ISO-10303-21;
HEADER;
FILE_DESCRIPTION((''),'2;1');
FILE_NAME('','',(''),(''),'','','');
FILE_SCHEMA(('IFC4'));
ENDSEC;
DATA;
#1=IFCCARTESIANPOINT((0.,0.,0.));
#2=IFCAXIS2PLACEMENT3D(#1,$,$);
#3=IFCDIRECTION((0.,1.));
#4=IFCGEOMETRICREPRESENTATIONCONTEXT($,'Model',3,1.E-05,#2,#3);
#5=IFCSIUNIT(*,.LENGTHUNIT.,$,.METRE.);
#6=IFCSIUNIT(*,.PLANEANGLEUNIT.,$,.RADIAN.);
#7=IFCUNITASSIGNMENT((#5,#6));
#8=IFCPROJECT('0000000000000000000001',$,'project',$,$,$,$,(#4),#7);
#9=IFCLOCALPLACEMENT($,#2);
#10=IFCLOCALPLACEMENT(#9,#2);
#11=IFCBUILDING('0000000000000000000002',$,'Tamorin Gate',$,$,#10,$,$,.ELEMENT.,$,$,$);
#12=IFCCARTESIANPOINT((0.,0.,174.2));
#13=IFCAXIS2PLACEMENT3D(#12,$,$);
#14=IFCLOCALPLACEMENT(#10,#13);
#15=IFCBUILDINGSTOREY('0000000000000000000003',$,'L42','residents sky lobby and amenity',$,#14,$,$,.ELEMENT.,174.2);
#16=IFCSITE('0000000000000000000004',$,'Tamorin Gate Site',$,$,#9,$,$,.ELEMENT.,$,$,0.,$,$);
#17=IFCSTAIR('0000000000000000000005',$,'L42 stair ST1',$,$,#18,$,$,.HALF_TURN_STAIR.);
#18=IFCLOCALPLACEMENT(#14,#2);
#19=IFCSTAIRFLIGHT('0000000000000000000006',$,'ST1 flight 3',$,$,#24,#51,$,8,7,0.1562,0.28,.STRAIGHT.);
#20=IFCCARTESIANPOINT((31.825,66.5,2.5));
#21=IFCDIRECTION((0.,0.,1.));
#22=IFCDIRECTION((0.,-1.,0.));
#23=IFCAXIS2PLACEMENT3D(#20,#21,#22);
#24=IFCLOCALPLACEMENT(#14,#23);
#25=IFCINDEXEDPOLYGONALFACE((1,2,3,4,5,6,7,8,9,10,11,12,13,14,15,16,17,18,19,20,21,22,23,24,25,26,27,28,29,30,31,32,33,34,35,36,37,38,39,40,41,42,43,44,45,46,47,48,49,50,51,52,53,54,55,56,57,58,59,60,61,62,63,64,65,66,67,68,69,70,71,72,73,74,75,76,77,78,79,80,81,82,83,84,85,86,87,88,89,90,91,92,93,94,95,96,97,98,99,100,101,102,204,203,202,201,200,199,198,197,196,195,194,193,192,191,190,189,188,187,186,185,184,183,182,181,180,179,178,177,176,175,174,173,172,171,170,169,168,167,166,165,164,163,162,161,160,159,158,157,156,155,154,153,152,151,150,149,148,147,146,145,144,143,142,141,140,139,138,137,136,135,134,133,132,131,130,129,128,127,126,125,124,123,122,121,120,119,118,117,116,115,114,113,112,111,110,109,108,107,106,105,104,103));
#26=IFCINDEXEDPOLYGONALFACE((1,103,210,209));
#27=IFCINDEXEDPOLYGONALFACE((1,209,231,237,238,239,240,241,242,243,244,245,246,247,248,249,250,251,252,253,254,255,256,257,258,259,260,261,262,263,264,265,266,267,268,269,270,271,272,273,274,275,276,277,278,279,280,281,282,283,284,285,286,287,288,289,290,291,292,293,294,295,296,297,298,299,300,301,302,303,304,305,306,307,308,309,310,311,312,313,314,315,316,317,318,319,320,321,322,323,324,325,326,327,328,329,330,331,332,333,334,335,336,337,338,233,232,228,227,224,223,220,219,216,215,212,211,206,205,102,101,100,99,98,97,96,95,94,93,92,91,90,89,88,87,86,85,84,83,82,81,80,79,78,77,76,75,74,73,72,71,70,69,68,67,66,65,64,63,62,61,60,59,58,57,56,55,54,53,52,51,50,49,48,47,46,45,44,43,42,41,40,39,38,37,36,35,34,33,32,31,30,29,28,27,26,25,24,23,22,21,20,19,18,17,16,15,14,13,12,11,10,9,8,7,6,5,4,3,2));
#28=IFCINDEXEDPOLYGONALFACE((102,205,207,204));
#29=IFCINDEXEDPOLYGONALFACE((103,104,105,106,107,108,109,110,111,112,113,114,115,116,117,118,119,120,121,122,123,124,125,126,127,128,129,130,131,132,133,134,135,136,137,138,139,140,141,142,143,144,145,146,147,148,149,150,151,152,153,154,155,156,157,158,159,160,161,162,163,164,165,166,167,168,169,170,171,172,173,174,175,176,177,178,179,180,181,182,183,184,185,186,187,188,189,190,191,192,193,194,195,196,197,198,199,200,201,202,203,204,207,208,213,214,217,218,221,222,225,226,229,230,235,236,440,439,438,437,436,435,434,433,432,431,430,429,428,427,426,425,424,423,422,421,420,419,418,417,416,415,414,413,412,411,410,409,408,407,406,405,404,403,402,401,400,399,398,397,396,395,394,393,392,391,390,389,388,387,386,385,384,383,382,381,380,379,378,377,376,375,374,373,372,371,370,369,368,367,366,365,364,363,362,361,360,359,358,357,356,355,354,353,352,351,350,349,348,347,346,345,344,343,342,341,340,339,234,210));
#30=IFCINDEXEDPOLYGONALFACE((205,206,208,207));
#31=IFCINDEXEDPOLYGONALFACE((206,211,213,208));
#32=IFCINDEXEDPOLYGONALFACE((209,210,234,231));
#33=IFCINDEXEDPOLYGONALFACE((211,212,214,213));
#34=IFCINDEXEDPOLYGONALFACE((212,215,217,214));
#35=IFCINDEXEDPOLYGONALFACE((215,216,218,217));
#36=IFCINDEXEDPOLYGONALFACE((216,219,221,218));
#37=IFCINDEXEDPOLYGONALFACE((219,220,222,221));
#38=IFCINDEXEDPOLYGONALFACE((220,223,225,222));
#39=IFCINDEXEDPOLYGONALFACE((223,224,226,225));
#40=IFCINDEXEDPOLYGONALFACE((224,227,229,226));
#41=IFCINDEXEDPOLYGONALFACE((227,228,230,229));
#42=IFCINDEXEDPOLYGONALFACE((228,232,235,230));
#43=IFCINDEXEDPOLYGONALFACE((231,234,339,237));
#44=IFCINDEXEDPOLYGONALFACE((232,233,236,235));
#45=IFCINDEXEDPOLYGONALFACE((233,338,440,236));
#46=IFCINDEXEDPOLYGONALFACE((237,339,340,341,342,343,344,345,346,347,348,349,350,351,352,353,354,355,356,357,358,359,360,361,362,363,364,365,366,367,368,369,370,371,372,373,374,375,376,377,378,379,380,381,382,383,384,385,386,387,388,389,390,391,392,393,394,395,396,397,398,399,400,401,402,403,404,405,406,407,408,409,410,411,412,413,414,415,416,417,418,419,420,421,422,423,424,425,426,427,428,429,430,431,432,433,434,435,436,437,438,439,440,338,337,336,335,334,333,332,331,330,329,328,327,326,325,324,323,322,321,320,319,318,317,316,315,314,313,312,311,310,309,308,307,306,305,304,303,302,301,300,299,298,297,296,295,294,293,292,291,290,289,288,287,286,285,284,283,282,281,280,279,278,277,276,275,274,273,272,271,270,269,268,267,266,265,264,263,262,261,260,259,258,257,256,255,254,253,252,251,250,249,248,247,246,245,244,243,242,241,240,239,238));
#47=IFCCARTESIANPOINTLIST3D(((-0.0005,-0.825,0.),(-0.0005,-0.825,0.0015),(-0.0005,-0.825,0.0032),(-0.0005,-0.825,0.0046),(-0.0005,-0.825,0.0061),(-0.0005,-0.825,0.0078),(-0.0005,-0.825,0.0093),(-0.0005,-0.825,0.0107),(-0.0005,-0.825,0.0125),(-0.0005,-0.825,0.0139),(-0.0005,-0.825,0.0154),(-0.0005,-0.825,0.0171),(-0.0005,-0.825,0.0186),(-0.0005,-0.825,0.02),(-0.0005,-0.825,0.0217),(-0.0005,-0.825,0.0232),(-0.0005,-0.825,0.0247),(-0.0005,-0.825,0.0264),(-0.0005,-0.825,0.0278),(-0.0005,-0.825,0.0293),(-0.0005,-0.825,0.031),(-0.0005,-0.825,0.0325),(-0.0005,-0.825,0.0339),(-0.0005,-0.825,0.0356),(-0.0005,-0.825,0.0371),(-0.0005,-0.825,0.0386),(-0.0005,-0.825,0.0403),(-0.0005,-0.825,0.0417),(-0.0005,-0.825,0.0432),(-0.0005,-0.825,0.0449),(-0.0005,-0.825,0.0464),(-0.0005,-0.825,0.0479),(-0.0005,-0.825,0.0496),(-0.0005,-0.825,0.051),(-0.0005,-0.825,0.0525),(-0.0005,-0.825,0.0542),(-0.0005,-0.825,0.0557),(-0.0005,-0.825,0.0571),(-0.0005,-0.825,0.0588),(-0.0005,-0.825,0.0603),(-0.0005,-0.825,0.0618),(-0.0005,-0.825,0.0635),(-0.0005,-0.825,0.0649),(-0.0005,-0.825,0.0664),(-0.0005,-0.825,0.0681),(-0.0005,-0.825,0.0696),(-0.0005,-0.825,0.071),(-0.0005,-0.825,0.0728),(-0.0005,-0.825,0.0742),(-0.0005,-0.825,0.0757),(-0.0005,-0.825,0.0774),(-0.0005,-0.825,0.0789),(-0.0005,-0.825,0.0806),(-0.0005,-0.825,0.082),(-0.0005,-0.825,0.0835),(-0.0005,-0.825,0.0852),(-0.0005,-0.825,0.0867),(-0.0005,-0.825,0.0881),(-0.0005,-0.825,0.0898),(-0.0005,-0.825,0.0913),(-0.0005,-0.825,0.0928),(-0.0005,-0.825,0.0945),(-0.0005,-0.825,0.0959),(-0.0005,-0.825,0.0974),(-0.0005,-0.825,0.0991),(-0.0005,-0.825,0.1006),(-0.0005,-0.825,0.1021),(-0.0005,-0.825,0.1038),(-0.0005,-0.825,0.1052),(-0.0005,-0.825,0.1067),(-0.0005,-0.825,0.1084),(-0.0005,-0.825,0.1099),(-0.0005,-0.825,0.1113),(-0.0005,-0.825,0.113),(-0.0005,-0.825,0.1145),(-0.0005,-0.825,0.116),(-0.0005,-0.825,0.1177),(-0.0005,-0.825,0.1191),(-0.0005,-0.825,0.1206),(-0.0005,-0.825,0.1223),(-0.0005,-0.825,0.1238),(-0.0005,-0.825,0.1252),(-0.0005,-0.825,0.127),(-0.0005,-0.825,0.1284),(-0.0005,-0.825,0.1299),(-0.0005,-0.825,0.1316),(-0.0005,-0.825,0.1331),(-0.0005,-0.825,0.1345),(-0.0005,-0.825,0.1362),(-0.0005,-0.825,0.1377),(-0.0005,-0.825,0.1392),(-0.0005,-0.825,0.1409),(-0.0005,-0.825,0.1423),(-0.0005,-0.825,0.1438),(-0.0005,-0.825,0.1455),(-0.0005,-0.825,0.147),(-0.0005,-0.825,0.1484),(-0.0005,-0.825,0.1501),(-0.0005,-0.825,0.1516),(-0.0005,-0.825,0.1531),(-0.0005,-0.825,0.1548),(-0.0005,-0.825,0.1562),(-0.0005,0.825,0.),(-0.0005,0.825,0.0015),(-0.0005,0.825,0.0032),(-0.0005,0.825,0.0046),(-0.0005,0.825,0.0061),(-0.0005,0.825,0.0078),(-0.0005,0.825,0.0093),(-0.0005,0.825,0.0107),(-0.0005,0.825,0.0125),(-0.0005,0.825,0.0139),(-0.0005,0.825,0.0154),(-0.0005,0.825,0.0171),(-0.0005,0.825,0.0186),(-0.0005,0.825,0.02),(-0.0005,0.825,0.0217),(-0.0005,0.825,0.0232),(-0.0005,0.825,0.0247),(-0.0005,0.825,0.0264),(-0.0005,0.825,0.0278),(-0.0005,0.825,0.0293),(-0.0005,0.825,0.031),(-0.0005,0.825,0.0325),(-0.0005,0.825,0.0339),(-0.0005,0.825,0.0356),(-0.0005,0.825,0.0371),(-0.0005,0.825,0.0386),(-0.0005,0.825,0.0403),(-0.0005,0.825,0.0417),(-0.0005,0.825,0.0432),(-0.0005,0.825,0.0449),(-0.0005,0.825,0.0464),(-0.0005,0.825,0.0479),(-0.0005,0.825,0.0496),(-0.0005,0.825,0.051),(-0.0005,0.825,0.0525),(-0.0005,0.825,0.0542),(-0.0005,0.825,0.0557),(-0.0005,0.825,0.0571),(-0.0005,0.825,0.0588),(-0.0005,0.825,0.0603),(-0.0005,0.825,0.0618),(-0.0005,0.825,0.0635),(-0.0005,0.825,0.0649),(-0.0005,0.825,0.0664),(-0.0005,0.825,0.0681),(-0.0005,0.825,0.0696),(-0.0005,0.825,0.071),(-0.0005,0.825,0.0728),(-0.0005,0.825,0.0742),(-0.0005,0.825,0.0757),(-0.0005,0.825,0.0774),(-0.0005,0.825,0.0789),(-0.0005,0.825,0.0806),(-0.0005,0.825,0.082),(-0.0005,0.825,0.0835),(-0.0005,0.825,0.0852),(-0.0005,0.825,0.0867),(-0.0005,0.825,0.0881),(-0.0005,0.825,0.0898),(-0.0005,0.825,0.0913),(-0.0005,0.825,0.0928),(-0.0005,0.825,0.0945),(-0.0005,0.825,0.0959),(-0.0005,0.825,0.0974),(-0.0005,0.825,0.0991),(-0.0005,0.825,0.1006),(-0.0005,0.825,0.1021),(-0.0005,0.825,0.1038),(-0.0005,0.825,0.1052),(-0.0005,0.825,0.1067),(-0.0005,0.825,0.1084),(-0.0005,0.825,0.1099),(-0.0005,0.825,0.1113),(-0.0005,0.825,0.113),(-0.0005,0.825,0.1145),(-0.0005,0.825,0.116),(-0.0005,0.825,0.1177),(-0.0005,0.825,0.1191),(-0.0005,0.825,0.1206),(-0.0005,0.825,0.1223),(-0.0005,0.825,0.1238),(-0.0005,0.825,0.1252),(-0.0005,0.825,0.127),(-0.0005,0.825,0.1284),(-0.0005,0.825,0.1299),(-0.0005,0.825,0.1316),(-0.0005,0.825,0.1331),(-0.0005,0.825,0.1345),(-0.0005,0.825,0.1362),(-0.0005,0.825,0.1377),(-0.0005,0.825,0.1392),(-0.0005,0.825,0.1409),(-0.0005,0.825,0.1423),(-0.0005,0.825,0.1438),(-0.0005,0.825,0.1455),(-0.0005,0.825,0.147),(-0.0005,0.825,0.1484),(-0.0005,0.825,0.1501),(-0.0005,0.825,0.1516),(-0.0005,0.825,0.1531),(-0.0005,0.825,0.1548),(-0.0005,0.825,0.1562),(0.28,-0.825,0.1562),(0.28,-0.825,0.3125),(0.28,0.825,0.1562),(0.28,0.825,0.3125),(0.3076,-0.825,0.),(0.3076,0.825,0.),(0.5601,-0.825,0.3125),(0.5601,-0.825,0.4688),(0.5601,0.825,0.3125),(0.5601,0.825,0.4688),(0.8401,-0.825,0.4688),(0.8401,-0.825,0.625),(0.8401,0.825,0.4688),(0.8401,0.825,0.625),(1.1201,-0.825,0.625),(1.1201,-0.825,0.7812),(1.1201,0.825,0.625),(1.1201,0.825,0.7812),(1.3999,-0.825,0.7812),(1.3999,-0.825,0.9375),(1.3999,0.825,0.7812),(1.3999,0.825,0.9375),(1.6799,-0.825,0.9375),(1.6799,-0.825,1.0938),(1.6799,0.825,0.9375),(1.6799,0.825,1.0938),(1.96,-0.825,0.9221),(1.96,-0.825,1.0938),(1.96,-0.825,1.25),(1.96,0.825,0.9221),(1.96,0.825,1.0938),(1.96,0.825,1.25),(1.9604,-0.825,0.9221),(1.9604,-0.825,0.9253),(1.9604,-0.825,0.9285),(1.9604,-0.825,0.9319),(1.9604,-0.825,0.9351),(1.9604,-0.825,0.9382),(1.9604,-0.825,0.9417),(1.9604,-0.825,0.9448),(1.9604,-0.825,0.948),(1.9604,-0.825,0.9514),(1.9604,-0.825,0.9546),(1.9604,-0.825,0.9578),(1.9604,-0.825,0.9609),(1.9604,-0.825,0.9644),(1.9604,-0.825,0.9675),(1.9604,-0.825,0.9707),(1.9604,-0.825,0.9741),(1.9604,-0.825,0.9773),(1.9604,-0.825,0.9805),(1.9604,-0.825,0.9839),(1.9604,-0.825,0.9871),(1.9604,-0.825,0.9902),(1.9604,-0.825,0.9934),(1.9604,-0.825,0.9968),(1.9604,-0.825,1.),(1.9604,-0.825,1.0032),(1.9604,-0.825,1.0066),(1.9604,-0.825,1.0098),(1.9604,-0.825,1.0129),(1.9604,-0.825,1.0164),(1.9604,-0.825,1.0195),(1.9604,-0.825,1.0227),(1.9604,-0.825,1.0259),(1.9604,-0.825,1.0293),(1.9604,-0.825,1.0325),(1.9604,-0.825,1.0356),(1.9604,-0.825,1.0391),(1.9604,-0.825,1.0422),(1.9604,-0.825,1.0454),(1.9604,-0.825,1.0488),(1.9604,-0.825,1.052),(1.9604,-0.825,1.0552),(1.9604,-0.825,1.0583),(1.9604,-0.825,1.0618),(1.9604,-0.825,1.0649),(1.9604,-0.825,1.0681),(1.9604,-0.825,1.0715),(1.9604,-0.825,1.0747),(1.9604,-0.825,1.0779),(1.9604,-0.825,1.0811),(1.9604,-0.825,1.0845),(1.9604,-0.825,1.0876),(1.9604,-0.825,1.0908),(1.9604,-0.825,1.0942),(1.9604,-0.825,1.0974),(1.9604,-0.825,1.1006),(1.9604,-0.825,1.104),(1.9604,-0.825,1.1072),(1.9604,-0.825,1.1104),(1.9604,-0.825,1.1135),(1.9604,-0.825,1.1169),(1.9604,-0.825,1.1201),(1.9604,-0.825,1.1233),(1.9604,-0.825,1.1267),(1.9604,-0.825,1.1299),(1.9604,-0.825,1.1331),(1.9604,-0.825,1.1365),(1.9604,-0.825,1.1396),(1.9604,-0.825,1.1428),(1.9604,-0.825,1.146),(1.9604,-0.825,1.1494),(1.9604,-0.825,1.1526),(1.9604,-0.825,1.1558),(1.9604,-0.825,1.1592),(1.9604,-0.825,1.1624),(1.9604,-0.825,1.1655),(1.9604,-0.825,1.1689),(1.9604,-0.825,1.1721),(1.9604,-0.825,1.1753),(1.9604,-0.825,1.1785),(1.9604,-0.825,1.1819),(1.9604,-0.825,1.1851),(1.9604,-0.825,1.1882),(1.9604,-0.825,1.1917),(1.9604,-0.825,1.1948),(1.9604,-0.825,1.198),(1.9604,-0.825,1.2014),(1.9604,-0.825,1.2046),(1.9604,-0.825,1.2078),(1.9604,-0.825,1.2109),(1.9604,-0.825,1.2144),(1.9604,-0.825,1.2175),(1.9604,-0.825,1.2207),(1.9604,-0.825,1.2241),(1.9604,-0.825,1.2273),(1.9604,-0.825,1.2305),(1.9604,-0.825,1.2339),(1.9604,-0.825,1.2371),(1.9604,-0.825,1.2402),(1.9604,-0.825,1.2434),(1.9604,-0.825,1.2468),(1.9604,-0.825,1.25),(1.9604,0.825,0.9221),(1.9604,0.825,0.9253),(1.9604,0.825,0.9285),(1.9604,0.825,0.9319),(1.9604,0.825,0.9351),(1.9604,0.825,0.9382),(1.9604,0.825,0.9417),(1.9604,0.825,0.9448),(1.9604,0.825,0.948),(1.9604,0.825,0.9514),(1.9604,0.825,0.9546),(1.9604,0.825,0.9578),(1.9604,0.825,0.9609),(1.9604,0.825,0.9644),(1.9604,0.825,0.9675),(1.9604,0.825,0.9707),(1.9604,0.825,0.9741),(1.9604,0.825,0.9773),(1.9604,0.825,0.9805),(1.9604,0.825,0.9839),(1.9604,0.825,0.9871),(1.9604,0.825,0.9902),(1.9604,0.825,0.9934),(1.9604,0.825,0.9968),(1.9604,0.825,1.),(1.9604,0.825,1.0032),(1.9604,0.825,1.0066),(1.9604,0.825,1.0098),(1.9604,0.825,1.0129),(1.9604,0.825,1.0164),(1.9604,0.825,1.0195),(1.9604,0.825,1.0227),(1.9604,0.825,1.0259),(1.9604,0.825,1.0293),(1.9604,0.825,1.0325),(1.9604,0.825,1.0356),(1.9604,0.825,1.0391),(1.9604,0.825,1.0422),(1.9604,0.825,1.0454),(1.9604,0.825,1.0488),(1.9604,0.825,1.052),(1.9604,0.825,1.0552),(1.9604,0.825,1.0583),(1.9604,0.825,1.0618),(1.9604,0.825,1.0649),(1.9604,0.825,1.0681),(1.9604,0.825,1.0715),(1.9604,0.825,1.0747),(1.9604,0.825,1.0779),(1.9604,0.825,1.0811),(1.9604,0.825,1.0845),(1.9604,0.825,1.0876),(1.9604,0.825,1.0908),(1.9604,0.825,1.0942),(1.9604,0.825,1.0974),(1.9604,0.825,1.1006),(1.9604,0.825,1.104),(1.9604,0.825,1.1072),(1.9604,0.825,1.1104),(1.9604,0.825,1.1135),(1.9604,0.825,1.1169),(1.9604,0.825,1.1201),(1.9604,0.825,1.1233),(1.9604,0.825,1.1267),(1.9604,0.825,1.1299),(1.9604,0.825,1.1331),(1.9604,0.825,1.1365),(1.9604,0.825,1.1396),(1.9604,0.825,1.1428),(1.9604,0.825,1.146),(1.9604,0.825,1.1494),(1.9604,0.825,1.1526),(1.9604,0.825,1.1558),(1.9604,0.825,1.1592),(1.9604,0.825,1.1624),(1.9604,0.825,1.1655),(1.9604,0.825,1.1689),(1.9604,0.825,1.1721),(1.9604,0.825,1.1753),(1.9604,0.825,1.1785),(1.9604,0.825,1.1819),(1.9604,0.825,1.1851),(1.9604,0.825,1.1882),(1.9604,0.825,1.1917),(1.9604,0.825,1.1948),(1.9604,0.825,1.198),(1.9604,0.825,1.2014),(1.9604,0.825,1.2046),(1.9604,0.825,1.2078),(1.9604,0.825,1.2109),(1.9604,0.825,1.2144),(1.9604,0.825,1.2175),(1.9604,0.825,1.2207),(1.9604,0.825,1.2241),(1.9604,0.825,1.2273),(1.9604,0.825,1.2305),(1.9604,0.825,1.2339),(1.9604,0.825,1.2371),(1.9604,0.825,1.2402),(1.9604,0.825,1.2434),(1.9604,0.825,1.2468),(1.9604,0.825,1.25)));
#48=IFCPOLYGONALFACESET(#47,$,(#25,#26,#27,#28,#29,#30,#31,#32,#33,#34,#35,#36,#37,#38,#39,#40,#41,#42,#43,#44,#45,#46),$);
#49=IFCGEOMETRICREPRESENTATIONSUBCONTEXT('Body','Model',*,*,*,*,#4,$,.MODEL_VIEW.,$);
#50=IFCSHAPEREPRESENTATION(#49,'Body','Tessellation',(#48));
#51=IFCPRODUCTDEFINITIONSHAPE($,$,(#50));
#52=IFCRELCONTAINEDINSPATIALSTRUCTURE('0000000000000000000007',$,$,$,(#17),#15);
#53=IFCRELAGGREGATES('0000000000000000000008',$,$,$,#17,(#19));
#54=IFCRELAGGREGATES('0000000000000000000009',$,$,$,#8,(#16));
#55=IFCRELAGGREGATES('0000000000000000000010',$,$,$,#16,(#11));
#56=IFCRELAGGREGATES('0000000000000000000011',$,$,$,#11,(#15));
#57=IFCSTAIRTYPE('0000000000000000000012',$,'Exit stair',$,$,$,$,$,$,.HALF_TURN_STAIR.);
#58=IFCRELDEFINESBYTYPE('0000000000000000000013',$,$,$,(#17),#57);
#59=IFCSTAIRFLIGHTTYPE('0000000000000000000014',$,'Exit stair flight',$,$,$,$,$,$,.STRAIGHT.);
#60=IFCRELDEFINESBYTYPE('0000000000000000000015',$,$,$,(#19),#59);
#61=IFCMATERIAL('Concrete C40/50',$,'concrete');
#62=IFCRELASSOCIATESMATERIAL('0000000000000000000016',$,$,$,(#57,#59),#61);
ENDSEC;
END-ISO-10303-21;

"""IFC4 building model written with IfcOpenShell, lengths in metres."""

from ifc_helpers import new_model, si_unit, direction, frame, origin, place, context, subcontext, project, spatial, polyline, outline, extrude, material, type_object, element, aggregate, save


model = new_model("IFC4")

# Units and contexts
model_context = context("Model", 3, precision=1e-05, world=origin(), true_north=direction((0.0, 1.0)))
body_context = subcontext(model_context, "Body", "Model", "MODEL_VIEW")
ifc_project = project(units=[si_unit("LENGTHUNIT", "METRE"), si_unit("PLANEANGLEUNIT", "RADIAN")], contexts=[model_context])

# Site, building, storey
site_placement = place(None, origin())
site = spatial("IfcSite", under=ifc_project, at=site_placement, Name="Tamorin Gate Site", CompositionType="ELEMENT", RefElevation=0.0)
building_placement = place(site_placement, origin())
building = spatial("IfcBuilding", under=site, at=building_placement, Name="Tamorin Gate", CompositionType="ELEMENT")
storey_placement = place(building_placement, frame((0.0, 0.0, 174.2)))
storey = spatial("IfcBuildingStorey", under=building, at=storey_placement, Name="L42", Description="residents sky lobby and amenity", CompositionType="ELEMENT", Elevation=174.2)

# Shared definitions
ifc_material_1 = material(Name="Concrete C40/50", Category="concrete")

# Stair, stair flight
stair_type = type_object("IfcStairType", Name="Exit stair", PredefinedType="HALF_TURN_STAIR", material=ifc_material_1)
stair_placement = place(storey_placement, origin())
stair = element("IfcStair", 1, at=stair_placement, inside=storey, type_object=stair_type, Name="L42 stair ST1", PredefinedType="HALF_TURN_STAIR")
stair_flight_type = type_object("IfcStairFlightType", Name="Exit stair flight", PredefinedType="STRAIGHT", material=ifc_material_1)
stair_flight_1_placement = place(storey_placement, frame((31.825, 66.5, 2.5), z_axis=(0.0, 0.0, 1.0), x_axis=(0.0, -1.0, 0.0)))
stair_flight_1 = element("IfcStairFlight", 2, at=stair_flight_1_placement, type_object=stair_flight_type, Name="ST1 flight 3", NumberOfRisers=8, NumberOfTreads=7, PredefinedType="STRAIGHT", RiserHeight=0.1562, TreadLength=0.28, context=body_context, shape_type="SweptSolid", body=[
    extrude(outline(polyline([(-0.0005, 0.0), (-0.0005, 0.0015), (-0.0005, 0.0032), (-0.0005, 0.0046), (-0.0005, 0.0061), (-0.0005, 0.0078), (-0.0005, 0.0093), (-0.0005, 0.0107), (-0.0005, 0.0125), (-0.0005, 0.0139), (-0.0005, 0.0154), (-0.0005, 0.0171), (-0.0005, 0.0186), (-0.0005, 0.02), (-0.0005, 0.0217), (-0.0005, 0.0232), (-0.0005, 0.0247), (-0.0005, 0.0264), (-0.0005, 0.0278), (-0.0005, 0.0293), (-0.0005, 0.031), (-0.0005, 0.0325), (-0.0005, 0.0339), (-0.0005, 0.0356), (-0.0005, 0.0371), (-0.0005, 0.0386), (-0.0005, 0.0403), (-0.0005, 0.0417), (-0.0005, 0.0432), (-0.0005, 0.0449), (-0.0005, 0.0464), (-0.0005, 0.0479), (-0.0005, 0.0496), (-0.0005, 0.051), (-0.0005, 0.0525), (-0.0005, 0.0542), (-0.0005, 0.0557), (-0.0005, 0.0571), (-0.0005, 0.0588), (-0.0005, 0.0603), (-0.0005, 0.0618), (-0.0005, 0.0635), (-0.0005, 0.0649), (-0.0005, 0.0664), (-0.0005, 0.0681), (-0.0005, 0.0696), (-0.0005, 0.071), (-0.0005, 0.0728), (-0.0005, 0.0742), (-0.0005, 0.0757), (-0.0005, 0.0774), (-0.0005, 0.0789), (-0.0005, 0.0806), (-0.0005, 0.082), (-0.0005, 0.0835), (-0.0005, 0.0852), (-0.0005, 0.0867), (-0.0005, 0.0881), (-0.0005, 0.0898), (-0.0005, 0.0913), (-0.0005, 0.0928), (-0.0005, 0.0945), (-0.0005, 0.0959), (-0.0005, 0.0974), (-0.0005, 0.0991), (-0.0005, 0.1006), (-0.0005, 0.1021), (-0.0005, 0.1038), (-0.0005, 0.1052), (-0.0005, 0.1067), (-0.0005, 0.1084), (-0.0005, 0.1099), (-0.0005, 0.1113), (-0.0005, 0.113), (-0.0005, 0.1145), (-0.0005, 0.116), (-0.0005, 0.1177), (-0.0005, 0.1191), (-0.0005, 0.1206), (-0.0005, 0.1223), (-0.0005, 0.1238), (-0.0005, 0.1252), (-0.0005, 0.127), (-0.0005, 0.1284), (-0.0005, 0.1299), (-0.0005, 0.1316), (-0.0005, 0.1331), (-0.0005, 0.1345), (-0.0005, 0.1362), (-0.0005, 0.1377), (-0.0005, 0.1392), (-0.0005, 0.1409), (-0.0005, 0.1423), (-0.0005, 0.1438), (-0.0005, 0.1455), (-0.0005, 0.147), (-0.0005, 0.1484), (-0.0005, 0.1501), (-0.0005, 0.1516), (-0.0005, 0.1531), (-0.0005, 0.1548), (-0.0005, 0.1562), (0.28, 0.1562), (0.28, 0.3125), (0.5601, 0.3125), (0.5601, 0.4688), (0.8401, 0.4688), (0.8401, 0.625), (1.1201, 0.625), (1.1201, 0.7812), (1.3999, 0.7812), (1.3999, 0.9375), (1.6799, 0.9375), (1.6799, 1.0938), (1.96, 1.0938), (1.96, 1.25), (1.9604, 1.25), (1.9604, 1.2468), (1.9604, 1.2434), (1.9604, 1.2402), (1.9604, 1.2371), (1.9604, 1.2339), (1.9604, 1.2305), (1.9604, 1.2273), (1.9604, 1.2241), (1.9604, 1.2207), (1.9604, 1.2175), (1.9604, 1.2144), (1.9604, 1.2109), (1.9604, 1.2078), (1.9604, 1.2046), (1.9604, 1.2014), (1.9604, 1.198), (1.9604, 1.1948), (1.9604, 1.1917), (1.9604, 1.1882), (1.9604, 1.1851), (1.9604, 1.1819), (1.9604, 1.1785), (1.9604, 1.1753), (1.9604, 1.1721), (1.9604, 1.1689), (1.9604, 1.1655), (1.9604, 1.1624), (1.9604, 1.1592), (1.9604, 1.1558), (1.9604, 1.1526), (1.9604, 1.1494), (1.9604, 1.146), (1.9604, 1.1428), (1.9604, 1.1396), (1.9604, 1.1365), (1.9604, 1.1331), (1.9604, 1.1299), (1.9604, 1.1267), (1.9604, 1.1233), (1.9604, 1.1201), (1.9604, 1.1169), (1.9604, 1.1135), (1.9604, 1.1104), (1.9604, 1.1072), (1.9604, 1.104), (1.9604, 1.1006), (1.9604, 1.0974), (1.9604, 1.0942), (1.9604, 1.0908), (1.9604, 1.0876), (1.9604, 1.0845), (1.9604, 1.0811), (1.9604, 1.0779), (1.9604, 1.0747), (1.9604, 1.0715), (1.9604, 1.0681), (1.9604, 1.0649), (1.9604, 1.0618), (1.9604, 1.0583), (1.9604, 1.0552), (1.9604, 1.052), (1.9604, 1.0488), (1.9604, 1.0454), (1.9604, 1.0422), (1.9604, 1.0391), (1.9604, 1.0356), (1.9604, 1.0325), (1.9604, 1.0293), (1.9604, 1.0259), (1.9604, 1.0227), (1.9604, 1.0195), (1.9604, 1.0164), (1.9604, 1.0129), (1.9604, 1.0098), (1.9604, 1.0066), (1.9604, 1.0032), (1.9604, 1.0), (1.9604, 0.9968), (1.9604, 0.9934), (1.9604, 0.9902), (1.9604, 0.9871), (1.9604, 0.9839), (1.9604, 0.9805), (1.9604, 0.9773), (1.9604, 0.9741), (1.9604, 0.9707), (1.9604, 0.9675), (1.9604, 0.9644), (1.9604, 0.9609), (1.9604, 0.9578), (1.9604, 0.9546), (1.9604, 0.9514), (1.9604, 0.948), (1.9604, 0.9448), (1.9604, 0.9417), (1.9604, 0.9382), (1.9604, 0.9351), (1.9604, 0.9319), (1.9604, 0.9285), (1.9604, 0.9253), (1.9604, 0.9221), (1.96, 0.9221), (0.3076, 0.0), (-0.0005, 0.0)])), frame((0.0, 0.825, 0.0), z_axis=(0.0, -1.0, 0.0), x_axis=(1.0, 0.0, 0.0)), (0.0, 0.0, 1.0), 1.6499),
])
aggregate(stair, [stair_flight_1])

save(model, "model.ifc")
